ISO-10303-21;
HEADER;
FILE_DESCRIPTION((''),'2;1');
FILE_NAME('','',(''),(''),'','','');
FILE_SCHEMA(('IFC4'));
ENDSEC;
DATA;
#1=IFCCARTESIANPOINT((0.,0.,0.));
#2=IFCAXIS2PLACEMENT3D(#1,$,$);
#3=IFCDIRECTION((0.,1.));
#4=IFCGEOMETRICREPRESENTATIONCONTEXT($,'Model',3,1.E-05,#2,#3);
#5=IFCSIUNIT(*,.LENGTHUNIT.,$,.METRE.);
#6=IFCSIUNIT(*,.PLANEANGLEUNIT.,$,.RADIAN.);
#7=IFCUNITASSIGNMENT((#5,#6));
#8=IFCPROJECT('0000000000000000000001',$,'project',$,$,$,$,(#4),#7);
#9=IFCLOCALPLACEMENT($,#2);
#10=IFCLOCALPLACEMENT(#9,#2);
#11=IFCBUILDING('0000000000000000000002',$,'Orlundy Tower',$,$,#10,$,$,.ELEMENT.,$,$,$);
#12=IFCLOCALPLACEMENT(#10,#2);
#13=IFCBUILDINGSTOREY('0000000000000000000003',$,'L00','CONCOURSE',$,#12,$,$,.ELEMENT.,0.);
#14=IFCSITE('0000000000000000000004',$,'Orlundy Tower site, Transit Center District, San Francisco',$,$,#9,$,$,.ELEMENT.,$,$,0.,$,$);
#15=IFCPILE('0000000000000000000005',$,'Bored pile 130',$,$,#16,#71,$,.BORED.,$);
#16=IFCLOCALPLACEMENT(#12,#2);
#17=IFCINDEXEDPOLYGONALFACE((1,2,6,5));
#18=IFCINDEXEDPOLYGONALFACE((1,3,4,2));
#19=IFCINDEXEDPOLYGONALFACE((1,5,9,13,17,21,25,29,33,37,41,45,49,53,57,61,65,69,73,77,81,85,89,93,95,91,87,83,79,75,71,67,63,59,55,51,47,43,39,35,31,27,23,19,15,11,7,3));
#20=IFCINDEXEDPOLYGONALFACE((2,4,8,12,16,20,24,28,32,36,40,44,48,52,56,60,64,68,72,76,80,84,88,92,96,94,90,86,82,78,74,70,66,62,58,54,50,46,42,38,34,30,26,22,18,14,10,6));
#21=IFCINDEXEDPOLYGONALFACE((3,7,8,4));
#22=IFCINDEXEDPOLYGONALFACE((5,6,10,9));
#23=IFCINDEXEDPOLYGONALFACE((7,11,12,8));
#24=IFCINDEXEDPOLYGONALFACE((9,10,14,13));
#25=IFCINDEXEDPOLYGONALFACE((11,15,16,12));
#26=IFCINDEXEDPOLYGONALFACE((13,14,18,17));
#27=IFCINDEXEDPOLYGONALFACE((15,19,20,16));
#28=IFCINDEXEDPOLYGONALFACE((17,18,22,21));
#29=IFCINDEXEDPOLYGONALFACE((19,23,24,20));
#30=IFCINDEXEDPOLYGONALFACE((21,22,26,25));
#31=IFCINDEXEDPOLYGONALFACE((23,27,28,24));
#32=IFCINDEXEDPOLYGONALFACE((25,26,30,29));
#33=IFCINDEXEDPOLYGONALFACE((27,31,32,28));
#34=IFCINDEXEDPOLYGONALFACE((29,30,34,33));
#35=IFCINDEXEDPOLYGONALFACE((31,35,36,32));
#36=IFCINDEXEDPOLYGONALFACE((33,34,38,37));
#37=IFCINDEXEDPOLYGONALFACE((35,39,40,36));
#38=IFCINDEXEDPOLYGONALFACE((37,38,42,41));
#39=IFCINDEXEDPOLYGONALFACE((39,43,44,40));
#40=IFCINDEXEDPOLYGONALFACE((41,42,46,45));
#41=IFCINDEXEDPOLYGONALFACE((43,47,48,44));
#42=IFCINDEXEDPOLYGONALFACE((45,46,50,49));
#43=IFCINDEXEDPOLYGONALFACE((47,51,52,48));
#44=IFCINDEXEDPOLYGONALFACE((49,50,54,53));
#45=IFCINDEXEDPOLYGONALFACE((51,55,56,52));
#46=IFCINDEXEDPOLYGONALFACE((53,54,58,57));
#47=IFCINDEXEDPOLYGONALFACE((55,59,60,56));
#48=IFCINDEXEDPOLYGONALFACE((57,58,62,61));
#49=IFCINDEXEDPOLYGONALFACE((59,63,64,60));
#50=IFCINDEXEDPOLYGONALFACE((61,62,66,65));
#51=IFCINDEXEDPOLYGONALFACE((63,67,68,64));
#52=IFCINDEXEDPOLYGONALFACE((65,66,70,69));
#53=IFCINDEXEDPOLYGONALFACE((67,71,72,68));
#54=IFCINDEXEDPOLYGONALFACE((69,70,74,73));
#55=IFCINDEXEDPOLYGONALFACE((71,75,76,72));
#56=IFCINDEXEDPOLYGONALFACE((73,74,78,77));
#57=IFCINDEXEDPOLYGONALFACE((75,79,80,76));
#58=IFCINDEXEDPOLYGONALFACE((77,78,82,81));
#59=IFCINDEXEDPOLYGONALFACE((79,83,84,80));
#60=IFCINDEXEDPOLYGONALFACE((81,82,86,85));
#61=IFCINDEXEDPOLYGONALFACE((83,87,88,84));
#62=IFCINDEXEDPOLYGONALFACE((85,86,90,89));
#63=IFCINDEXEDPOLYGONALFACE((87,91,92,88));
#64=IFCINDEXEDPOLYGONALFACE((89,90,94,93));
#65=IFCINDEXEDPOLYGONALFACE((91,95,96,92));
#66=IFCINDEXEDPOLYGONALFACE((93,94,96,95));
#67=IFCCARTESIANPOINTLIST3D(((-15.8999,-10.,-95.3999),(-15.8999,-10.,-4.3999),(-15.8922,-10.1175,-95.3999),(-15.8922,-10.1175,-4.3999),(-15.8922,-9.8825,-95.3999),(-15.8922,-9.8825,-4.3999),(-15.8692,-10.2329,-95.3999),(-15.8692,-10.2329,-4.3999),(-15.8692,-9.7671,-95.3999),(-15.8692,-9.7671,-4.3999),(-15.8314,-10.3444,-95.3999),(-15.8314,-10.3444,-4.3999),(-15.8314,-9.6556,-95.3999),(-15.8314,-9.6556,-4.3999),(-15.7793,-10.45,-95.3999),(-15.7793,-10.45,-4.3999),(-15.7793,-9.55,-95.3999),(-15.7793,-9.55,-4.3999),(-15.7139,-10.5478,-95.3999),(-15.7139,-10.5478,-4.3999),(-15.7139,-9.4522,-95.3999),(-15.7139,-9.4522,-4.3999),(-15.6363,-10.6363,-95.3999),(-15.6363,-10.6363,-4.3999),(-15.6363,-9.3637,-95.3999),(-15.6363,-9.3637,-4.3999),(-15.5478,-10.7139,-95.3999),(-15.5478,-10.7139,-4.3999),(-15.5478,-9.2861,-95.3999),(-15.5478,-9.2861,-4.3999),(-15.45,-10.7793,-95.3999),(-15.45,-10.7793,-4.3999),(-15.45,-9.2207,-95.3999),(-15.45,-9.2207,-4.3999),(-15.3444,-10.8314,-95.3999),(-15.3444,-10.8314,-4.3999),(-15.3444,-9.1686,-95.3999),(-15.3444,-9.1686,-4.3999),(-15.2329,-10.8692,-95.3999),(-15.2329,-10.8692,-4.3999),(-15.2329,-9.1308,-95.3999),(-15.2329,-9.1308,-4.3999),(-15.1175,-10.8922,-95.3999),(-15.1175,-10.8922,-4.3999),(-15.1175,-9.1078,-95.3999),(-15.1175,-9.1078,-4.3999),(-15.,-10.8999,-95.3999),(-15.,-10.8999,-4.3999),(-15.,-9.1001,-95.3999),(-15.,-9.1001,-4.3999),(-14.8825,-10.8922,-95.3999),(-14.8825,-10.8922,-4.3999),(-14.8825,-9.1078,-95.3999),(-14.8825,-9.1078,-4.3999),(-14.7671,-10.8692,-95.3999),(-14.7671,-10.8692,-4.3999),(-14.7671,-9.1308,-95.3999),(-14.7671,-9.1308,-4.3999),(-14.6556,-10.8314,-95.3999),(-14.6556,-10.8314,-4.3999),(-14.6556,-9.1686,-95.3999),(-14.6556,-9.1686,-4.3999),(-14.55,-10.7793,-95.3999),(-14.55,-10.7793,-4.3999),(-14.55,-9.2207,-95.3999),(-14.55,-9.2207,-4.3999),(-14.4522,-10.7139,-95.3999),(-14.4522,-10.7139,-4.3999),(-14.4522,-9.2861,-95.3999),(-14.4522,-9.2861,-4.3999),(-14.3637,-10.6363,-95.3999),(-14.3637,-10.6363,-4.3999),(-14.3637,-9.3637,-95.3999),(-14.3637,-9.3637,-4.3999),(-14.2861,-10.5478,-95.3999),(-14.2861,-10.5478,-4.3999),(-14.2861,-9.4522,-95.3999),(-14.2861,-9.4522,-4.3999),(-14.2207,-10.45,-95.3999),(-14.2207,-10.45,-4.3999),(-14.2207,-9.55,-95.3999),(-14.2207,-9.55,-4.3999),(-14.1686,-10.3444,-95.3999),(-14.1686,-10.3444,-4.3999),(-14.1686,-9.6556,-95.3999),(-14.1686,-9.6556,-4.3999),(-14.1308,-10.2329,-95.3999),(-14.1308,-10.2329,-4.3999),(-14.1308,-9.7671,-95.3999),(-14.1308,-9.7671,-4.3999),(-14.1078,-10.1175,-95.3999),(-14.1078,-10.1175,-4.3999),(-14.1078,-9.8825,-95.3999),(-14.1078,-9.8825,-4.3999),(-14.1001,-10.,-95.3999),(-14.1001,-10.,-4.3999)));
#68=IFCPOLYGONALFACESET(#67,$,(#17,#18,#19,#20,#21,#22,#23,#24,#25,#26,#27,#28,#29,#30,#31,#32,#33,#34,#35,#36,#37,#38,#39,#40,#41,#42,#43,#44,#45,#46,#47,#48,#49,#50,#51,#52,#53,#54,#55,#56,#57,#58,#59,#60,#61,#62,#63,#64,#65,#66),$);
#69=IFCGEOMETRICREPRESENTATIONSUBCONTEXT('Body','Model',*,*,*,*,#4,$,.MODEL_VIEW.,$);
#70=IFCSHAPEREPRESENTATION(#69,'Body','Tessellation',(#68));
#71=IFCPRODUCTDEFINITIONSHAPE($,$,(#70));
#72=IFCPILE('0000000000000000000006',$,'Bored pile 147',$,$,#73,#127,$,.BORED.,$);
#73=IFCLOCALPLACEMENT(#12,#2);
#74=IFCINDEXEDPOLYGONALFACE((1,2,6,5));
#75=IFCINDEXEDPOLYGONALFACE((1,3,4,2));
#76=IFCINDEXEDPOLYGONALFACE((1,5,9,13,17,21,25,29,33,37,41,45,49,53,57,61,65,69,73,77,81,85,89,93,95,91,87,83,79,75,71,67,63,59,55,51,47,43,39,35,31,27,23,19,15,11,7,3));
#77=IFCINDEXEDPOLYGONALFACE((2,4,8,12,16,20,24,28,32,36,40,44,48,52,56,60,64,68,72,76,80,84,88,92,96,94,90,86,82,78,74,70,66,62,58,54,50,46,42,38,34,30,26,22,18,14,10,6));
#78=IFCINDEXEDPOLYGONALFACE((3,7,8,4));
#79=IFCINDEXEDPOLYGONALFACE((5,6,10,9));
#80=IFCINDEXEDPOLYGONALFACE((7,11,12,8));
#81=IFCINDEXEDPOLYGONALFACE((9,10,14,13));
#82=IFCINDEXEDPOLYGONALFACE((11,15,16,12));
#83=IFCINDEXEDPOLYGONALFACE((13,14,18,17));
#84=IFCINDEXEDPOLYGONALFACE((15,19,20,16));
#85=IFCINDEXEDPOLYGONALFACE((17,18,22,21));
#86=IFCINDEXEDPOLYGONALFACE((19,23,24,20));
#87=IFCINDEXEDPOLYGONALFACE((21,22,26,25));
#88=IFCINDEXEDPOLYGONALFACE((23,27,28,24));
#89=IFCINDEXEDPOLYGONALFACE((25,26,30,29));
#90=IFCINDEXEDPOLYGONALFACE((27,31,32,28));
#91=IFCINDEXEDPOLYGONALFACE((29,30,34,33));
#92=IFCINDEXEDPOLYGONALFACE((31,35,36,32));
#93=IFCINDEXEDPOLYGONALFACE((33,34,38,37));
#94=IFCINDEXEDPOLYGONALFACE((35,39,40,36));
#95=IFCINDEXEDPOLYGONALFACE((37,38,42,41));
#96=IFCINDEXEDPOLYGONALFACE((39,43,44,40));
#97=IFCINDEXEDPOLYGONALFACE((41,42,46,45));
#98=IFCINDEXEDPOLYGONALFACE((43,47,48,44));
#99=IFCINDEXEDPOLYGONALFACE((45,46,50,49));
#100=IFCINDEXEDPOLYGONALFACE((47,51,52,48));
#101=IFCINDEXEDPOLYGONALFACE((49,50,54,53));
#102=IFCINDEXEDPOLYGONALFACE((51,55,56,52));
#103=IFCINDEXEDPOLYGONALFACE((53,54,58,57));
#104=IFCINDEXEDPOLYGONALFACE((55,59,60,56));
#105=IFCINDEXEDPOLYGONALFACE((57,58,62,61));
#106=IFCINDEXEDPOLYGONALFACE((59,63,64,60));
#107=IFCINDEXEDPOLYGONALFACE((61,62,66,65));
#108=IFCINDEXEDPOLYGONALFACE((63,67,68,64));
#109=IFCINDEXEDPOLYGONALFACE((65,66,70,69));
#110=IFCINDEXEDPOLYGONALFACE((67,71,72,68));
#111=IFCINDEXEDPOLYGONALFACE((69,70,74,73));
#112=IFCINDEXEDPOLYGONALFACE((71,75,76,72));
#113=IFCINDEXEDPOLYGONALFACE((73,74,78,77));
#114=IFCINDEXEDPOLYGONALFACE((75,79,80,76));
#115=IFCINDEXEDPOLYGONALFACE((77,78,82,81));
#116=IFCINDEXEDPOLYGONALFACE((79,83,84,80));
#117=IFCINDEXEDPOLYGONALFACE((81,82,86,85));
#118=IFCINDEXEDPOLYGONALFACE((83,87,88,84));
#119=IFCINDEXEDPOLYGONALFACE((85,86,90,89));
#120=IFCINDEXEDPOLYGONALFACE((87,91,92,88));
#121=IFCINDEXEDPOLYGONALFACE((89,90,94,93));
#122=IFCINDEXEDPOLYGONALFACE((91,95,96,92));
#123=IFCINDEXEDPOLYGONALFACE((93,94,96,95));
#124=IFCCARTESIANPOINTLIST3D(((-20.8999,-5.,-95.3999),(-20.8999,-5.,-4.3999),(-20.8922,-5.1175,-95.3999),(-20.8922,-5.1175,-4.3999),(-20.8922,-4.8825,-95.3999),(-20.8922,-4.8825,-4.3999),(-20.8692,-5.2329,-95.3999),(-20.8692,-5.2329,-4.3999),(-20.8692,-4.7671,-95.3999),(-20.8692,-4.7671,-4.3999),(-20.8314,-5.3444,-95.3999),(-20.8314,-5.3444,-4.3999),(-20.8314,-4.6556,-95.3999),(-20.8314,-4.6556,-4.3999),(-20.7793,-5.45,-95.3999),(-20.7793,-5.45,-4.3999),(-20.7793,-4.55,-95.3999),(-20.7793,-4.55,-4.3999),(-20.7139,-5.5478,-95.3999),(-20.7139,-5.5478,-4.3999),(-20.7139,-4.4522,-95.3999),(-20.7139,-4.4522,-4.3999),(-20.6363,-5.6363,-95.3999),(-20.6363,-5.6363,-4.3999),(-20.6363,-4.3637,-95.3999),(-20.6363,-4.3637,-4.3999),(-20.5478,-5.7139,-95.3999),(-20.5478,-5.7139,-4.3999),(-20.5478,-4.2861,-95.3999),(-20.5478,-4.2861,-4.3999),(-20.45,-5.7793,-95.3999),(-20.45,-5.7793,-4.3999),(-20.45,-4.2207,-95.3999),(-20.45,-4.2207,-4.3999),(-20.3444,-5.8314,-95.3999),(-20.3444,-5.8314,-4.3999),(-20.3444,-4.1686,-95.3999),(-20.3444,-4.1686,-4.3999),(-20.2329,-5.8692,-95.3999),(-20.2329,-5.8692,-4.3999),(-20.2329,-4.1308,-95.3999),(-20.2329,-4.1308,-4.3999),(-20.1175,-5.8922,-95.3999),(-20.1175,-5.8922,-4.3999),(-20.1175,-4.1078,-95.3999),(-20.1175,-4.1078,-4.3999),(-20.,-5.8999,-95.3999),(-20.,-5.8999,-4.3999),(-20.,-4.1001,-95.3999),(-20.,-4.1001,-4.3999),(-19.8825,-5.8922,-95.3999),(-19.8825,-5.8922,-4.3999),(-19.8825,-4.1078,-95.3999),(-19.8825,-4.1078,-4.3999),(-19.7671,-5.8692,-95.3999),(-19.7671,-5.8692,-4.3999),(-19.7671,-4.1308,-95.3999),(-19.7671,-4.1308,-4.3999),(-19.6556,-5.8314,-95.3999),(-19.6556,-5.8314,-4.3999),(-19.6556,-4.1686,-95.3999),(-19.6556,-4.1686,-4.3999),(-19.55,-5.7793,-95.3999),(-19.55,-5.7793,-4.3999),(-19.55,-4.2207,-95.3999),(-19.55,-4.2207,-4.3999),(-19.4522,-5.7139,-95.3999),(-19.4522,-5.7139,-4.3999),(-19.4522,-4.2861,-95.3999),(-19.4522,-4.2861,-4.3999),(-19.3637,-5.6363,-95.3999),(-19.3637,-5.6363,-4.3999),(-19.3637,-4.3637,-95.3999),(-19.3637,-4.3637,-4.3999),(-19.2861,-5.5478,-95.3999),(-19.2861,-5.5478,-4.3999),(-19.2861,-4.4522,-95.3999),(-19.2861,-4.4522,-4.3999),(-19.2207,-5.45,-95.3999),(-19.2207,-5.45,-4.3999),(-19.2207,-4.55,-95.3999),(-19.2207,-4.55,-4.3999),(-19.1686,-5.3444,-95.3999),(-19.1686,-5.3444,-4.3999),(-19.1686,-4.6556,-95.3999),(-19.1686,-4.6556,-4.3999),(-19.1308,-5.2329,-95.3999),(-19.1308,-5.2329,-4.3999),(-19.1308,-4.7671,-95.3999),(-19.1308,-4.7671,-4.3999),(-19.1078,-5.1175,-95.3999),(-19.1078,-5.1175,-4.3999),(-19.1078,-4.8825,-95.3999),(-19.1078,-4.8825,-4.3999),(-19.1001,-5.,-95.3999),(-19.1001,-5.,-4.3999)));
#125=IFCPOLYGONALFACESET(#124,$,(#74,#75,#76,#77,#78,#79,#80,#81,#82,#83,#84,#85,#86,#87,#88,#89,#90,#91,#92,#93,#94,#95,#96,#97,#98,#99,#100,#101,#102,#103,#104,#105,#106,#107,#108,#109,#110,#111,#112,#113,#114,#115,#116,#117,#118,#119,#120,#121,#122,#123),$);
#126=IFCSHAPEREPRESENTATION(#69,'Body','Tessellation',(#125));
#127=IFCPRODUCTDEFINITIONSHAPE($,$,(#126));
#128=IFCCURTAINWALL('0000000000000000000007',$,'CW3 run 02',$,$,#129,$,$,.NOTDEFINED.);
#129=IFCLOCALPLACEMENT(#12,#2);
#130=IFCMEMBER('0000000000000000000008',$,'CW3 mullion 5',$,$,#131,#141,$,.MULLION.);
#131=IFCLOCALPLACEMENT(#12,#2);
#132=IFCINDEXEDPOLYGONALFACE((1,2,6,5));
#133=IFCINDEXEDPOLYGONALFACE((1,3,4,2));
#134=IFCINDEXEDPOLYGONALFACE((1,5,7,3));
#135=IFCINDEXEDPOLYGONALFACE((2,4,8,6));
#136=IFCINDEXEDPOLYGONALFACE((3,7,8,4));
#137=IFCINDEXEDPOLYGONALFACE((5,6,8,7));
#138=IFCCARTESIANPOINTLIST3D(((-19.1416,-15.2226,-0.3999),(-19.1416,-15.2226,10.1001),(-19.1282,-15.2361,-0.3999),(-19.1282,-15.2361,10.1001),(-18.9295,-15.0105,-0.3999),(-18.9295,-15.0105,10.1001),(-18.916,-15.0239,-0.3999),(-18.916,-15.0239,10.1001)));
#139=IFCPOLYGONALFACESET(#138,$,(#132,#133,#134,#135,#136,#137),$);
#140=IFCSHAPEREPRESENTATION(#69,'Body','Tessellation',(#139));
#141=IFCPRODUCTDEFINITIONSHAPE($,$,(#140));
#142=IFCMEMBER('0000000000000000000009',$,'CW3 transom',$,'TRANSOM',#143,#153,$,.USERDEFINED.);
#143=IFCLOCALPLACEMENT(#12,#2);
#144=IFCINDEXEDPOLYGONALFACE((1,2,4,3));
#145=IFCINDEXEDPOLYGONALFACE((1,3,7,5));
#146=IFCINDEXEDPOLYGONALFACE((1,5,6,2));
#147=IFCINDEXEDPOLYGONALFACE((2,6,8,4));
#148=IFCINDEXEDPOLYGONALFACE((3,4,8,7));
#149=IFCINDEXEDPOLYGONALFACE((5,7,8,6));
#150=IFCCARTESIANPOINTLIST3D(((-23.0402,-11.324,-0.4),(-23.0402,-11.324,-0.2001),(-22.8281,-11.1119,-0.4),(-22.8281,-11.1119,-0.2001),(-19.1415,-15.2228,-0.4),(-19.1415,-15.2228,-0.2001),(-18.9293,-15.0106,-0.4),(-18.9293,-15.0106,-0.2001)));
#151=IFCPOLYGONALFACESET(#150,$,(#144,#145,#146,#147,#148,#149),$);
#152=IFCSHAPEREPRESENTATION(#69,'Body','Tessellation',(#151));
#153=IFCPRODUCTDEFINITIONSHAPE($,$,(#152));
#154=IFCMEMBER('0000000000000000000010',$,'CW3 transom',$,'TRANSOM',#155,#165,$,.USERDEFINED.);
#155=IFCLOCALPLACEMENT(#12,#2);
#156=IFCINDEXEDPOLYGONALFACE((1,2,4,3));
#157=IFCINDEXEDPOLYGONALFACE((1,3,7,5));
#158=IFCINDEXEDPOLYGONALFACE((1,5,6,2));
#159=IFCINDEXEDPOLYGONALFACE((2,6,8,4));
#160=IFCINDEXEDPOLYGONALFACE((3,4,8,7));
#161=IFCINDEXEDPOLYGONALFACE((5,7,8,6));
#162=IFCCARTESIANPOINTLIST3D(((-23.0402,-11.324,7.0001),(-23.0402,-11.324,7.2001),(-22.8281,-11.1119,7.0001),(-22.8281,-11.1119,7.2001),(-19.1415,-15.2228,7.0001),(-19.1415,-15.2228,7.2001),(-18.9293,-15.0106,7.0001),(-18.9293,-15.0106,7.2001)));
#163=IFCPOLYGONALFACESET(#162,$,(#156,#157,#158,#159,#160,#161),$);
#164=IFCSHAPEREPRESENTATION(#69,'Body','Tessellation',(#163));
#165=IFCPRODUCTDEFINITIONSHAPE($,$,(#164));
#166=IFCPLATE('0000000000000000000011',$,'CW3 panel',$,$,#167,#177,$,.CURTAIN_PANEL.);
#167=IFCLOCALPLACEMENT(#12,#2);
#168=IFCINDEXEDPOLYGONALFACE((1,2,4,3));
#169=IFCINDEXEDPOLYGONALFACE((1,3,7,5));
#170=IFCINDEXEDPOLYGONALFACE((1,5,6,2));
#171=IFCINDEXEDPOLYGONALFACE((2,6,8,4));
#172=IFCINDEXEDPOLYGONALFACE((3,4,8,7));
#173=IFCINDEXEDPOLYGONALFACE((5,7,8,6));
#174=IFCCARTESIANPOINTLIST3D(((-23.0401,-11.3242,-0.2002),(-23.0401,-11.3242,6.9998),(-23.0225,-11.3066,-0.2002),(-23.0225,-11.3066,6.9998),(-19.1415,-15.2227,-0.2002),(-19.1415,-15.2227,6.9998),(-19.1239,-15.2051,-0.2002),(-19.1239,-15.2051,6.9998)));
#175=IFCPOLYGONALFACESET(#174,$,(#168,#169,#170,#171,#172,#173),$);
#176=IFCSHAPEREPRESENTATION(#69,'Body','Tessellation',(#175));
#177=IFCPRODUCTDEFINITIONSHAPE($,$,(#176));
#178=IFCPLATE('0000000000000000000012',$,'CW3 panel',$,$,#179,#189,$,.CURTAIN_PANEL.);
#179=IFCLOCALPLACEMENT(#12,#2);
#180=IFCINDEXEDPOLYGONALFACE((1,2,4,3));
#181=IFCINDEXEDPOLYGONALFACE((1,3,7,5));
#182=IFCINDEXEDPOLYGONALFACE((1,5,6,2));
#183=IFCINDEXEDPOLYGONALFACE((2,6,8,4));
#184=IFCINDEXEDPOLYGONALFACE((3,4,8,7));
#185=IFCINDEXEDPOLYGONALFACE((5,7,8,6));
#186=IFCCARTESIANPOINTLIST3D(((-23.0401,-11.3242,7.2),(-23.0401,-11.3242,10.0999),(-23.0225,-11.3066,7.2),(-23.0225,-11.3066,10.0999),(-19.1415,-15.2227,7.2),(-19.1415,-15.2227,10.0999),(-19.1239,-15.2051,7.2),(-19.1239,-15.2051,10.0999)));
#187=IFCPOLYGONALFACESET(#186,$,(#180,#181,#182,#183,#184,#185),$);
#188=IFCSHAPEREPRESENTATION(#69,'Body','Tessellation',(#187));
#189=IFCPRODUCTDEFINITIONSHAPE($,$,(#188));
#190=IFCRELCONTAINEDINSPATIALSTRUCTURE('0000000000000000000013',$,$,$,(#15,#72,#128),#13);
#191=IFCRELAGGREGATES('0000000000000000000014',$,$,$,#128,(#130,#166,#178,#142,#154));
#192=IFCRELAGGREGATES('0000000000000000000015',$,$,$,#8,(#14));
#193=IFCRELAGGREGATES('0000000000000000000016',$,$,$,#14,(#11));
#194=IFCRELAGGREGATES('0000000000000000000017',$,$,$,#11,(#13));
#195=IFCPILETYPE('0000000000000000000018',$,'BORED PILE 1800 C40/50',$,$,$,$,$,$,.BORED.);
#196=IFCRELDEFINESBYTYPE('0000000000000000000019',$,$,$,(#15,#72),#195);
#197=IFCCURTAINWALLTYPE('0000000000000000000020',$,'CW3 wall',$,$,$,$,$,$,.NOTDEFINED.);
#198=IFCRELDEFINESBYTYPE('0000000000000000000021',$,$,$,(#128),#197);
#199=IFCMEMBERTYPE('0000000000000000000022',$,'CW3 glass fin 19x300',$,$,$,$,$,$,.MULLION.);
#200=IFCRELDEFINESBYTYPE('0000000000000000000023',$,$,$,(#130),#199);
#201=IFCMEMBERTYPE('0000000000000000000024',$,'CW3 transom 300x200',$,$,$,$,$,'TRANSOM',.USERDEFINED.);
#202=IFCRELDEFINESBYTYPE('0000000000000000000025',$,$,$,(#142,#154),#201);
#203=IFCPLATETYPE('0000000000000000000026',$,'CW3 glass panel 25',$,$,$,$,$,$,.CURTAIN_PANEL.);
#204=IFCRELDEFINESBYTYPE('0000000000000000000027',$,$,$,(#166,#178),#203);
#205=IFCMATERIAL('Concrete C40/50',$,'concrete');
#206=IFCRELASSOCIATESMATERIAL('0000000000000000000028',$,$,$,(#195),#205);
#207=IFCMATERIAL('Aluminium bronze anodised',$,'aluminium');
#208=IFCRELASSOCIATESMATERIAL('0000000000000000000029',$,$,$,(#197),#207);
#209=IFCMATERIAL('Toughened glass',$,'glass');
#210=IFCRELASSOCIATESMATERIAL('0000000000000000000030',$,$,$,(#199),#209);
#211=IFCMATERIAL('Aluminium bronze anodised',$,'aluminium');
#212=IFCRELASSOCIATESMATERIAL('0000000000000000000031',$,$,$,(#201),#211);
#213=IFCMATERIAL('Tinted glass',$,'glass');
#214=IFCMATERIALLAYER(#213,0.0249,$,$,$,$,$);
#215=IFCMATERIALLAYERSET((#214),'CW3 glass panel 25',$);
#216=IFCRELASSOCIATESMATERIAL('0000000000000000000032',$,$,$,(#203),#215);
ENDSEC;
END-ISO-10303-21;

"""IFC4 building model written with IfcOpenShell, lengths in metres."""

from ifc_helpers import new_model, si_unit, direction, frame, origin, origin_2d, place, context, subcontext, project, spatial, rectangle, circle, extrude, material, layer, layer_set, material_profile, profile_set, type_object, element, aggregate, save


model = new_model("IFC4")

# Units and contexts
model_context = context("Model", 3, precision=1e-05, world=origin(), true_north=direction((0.0, 1.0)))
body_context = subcontext(model_context, "Body", "Model", "MODEL_VIEW")
ifc_project = project(units=[si_unit("LENGTHUNIT", "METRE"), si_unit("PLANEANGLEUNIT", "RADIAN")], contexts=[model_context])

# Site, building, storey
site_placement = place(None, origin())
site = spatial("IfcSite", under=ifc_project, at=site_placement, Name="Orlundy Tower site, Transit Center District, San Francisco", CompositionType="ELEMENT", RefElevation=0.0)
building_placement = place(site_placement, origin())
building = spatial("IfcBuilding", under=site, at=building_placement, Name="Orlundy Tower", CompositionType="ELEMENT")
storey_placement = place(building_placement, origin())
storey = spatial("IfcBuildingStorey", under=building, at=storey_placement, Name="L00", Description="CONCOURSE", CompositionType="ELEMENT", Elevation=0.0)

# Piles
ifc_material_1 = material(Name="Concrete C40/50", Category="concrete")
ifc_material_profile_1 = material_profile(ifc_material_1, circle(Radius=0.8999, at=origin_2d()), Name="BP1800")
ifc_profile_set_1 = profile_set([ifc_material_profile_1], Name="Concrete C40/50")
pile_type = type_object("IfcPileType", Name="BORED PILE 1800 C40/50", PredefinedType="BORED", material=ifc_profile_set_1)
for number, where, z_axis, x_axis, name in (
    (1, (-15.0, -10.0, -4.3999), (0.0, 0.0, -1.0), (1.0, 0.0, 0.0), "Bored pile 130"),
    (2, (-20.0, -5.0, -4.3999), (0.0, 0.0, -1.0), (1.0, 0.0, 0.0), "Bored pile 147"),
):
    element("IfcPile", number, at=place(storey_placement, frame(where, z_axis=z_axis, x_axis=x_axis)), inside=storey, type_object=pile_type, Name=name, PredefinedType="BORED", context=body_context, shape_type="SweptSolid", body=[
        extrude(circle(Radius=0.8999, at=origin_2d()), origin(), (0.0, 0.0, 1.0), 91.0),
    ])

# Curtain wall, members, plates
ifc_material_2 = material(Name="Aluminium bronze anodised", Category="aluminium")
curtain_wall_type = type_object("IfcCurtainWallType", Name="CW3 wall", PredefinedType="NOTDEFINED", material=ifc_material_2)
curtain_wall_placement = place(storey_placement, origin())
curtain_wall = element("IfcCurtainWall", 3, at=curtain_wall_placement, inside=storey, type_object=curtain_wall_type, Name="CW3 run 02", PredefinedType="NOTDEFINED")
ifc_material_3 = material(Name="Toughened glass", Category="glass")
ifc_material_profile_2 = material_profile(ifc_material_3, rectangle(XDim=0.3, YDim=0.019, at=origin_2d()), Name="CW3 glass fin 19x300")
ifc_profile_set_2 = profile_set([ifc_material_profile_2], Name="Toughened glass")
member_type_1 = type_object("IfcMemberType", Name="CW3 glass fin 19x300", PredefinedType="MULLION", material=ifc_profile_set_2)
member_1_placement = place(storey_placement, frame((-19.0288, -15.1233, -0.3999), z_axis=(0.0, 0.0, 1.0), x_axis=(-0.707107, -0.707107, 0.0)))
member_1 = element("IfcMember", 4, at=member_1_placement, type_object=member_type_1, Name="CW3 mullion 5", PredefinedType="MULLION", context=body_context, shape_type="SweptSolid", body=[
    extrude(rectangle(XDim=0.3, YDim=0.019, at=origin_2d()), origin(), (0.0, 0.0, 1.0), 10.5),
])
ifc_material_4 = material(Name="Aluminium bronze anodised", Category="aluminium")
ifc_material_profile_3 = material_profile(ifc_material_4, rectangle(XDim=0.3, YDim=0.2, at=origin_2d()), Name="CW3 transom 300x200")
ifc_profile_set_3 = profile_set([ifc_material_profile_3], Name="Aluminium bronze anodised")
member_type_2 = type_object("IfcMemberType", Name="CW3 transom 300x200", ElementType="TRANSOM", PredefinedType="USERDEFINED", material=ifc_profile_set_3)
member_2_placement = place(storey_placement, frame((-19.0354, -15.1167, -0.3), z_axis=(-0.707107, 0.707107, 0.0), x_axis=(-0.707107, -0.707107, 0.0)))
member_2 = element("IfcMember", 5, at=member_2_placement, type_object=member_type_2, Name="CW3 transom", ObjectType="TRANSOM", PredefinedType="USERDEFINED", context=body_context, shape_type="SweptSolid", body=[
    extrude(rectangle(XDim=0.3, YDim=0.2, at=origin_2d()), origin(), (0.0, 0.0, 1.0), 5.5137),
])
member_3_placement = place(storey_placement, frame((-19.0354, -15.1167, 7.1001), z_axis=(-0.707107, 0.707107, 0.0), x_axis=(-0.707107, -0.707107, 0.0)))
member_3 = element("IfcMember", 6, at=member_3_placement, type_object=member_type_2, Name="CW3 transom", ObjectType="TRANSOM", PredefinedType="USERDEFINED", context=body_context, shape_type="SweptSolid", body=[
    extrude(rectangle(XDim=0.3, YDim=0.2, at=origin_2d()), origin(), (0.0, 0.0, 1.0), 5.5137),
])
ifc_material_5 = material(Name="Tinted glass", Category="glass")
ifc_layer_1 = layer(ifc_material_5, 0.0249)
ifc_layer_set_1 = layer_set([ifc_layer_1], Name="CW3 glass panel 25")
plate_type = type_object("IfcPlateType", Name="CW3 glass panel 25", PredefinedType="CURTAIN_PANEL", material=ifc_layer_set_1)
plate_1_placement = place(storey_placement, frame((-21.082, -13.2646, -0.2002), z_axis=(0.0, 0.0, 1.0), x_axis=(-0.707107, 0.707107, 0.0)))
plate_1 = element("IfcPlate", 7, at=plate_1_placement, type_object=plate_type, Name="CW3 panel", PredefinedType="CURTAIN_PANEL", context=body_context, shape_type="SweptSolid", body=[
    extrude(rectangle(XDim=5.5134, YDim=0.0249, at=origin_2d()), origin(), (0.0, 0.0, 1.0), 7.2),
])
plate_2_placement = place(storey_placement, frame((-21.082, -13.2646, 7.2), z_axis=(0.0, 0.0, 1.0), x_axis=(-0.707107, 0.707107, 0.0)))
plate_2 = element("IfcPlate", 8, at=plate_2_placement, type_object=plate_type, Name="CW3 panel", PredefinedType="CURTAIN_PANEL", context=body_context, shape_type="SweptSolid", body=[
    extrude(rectangle(XDim=5.5134, YDim=0.0249, at=origin_2d()), origin(), (0.0, 0.0, 1.0), 2.8999),
])
aggregate(curtain_wall, [member_1, plate_1, plate_2, member_2, member_3])

save(model, "model.ifc")
